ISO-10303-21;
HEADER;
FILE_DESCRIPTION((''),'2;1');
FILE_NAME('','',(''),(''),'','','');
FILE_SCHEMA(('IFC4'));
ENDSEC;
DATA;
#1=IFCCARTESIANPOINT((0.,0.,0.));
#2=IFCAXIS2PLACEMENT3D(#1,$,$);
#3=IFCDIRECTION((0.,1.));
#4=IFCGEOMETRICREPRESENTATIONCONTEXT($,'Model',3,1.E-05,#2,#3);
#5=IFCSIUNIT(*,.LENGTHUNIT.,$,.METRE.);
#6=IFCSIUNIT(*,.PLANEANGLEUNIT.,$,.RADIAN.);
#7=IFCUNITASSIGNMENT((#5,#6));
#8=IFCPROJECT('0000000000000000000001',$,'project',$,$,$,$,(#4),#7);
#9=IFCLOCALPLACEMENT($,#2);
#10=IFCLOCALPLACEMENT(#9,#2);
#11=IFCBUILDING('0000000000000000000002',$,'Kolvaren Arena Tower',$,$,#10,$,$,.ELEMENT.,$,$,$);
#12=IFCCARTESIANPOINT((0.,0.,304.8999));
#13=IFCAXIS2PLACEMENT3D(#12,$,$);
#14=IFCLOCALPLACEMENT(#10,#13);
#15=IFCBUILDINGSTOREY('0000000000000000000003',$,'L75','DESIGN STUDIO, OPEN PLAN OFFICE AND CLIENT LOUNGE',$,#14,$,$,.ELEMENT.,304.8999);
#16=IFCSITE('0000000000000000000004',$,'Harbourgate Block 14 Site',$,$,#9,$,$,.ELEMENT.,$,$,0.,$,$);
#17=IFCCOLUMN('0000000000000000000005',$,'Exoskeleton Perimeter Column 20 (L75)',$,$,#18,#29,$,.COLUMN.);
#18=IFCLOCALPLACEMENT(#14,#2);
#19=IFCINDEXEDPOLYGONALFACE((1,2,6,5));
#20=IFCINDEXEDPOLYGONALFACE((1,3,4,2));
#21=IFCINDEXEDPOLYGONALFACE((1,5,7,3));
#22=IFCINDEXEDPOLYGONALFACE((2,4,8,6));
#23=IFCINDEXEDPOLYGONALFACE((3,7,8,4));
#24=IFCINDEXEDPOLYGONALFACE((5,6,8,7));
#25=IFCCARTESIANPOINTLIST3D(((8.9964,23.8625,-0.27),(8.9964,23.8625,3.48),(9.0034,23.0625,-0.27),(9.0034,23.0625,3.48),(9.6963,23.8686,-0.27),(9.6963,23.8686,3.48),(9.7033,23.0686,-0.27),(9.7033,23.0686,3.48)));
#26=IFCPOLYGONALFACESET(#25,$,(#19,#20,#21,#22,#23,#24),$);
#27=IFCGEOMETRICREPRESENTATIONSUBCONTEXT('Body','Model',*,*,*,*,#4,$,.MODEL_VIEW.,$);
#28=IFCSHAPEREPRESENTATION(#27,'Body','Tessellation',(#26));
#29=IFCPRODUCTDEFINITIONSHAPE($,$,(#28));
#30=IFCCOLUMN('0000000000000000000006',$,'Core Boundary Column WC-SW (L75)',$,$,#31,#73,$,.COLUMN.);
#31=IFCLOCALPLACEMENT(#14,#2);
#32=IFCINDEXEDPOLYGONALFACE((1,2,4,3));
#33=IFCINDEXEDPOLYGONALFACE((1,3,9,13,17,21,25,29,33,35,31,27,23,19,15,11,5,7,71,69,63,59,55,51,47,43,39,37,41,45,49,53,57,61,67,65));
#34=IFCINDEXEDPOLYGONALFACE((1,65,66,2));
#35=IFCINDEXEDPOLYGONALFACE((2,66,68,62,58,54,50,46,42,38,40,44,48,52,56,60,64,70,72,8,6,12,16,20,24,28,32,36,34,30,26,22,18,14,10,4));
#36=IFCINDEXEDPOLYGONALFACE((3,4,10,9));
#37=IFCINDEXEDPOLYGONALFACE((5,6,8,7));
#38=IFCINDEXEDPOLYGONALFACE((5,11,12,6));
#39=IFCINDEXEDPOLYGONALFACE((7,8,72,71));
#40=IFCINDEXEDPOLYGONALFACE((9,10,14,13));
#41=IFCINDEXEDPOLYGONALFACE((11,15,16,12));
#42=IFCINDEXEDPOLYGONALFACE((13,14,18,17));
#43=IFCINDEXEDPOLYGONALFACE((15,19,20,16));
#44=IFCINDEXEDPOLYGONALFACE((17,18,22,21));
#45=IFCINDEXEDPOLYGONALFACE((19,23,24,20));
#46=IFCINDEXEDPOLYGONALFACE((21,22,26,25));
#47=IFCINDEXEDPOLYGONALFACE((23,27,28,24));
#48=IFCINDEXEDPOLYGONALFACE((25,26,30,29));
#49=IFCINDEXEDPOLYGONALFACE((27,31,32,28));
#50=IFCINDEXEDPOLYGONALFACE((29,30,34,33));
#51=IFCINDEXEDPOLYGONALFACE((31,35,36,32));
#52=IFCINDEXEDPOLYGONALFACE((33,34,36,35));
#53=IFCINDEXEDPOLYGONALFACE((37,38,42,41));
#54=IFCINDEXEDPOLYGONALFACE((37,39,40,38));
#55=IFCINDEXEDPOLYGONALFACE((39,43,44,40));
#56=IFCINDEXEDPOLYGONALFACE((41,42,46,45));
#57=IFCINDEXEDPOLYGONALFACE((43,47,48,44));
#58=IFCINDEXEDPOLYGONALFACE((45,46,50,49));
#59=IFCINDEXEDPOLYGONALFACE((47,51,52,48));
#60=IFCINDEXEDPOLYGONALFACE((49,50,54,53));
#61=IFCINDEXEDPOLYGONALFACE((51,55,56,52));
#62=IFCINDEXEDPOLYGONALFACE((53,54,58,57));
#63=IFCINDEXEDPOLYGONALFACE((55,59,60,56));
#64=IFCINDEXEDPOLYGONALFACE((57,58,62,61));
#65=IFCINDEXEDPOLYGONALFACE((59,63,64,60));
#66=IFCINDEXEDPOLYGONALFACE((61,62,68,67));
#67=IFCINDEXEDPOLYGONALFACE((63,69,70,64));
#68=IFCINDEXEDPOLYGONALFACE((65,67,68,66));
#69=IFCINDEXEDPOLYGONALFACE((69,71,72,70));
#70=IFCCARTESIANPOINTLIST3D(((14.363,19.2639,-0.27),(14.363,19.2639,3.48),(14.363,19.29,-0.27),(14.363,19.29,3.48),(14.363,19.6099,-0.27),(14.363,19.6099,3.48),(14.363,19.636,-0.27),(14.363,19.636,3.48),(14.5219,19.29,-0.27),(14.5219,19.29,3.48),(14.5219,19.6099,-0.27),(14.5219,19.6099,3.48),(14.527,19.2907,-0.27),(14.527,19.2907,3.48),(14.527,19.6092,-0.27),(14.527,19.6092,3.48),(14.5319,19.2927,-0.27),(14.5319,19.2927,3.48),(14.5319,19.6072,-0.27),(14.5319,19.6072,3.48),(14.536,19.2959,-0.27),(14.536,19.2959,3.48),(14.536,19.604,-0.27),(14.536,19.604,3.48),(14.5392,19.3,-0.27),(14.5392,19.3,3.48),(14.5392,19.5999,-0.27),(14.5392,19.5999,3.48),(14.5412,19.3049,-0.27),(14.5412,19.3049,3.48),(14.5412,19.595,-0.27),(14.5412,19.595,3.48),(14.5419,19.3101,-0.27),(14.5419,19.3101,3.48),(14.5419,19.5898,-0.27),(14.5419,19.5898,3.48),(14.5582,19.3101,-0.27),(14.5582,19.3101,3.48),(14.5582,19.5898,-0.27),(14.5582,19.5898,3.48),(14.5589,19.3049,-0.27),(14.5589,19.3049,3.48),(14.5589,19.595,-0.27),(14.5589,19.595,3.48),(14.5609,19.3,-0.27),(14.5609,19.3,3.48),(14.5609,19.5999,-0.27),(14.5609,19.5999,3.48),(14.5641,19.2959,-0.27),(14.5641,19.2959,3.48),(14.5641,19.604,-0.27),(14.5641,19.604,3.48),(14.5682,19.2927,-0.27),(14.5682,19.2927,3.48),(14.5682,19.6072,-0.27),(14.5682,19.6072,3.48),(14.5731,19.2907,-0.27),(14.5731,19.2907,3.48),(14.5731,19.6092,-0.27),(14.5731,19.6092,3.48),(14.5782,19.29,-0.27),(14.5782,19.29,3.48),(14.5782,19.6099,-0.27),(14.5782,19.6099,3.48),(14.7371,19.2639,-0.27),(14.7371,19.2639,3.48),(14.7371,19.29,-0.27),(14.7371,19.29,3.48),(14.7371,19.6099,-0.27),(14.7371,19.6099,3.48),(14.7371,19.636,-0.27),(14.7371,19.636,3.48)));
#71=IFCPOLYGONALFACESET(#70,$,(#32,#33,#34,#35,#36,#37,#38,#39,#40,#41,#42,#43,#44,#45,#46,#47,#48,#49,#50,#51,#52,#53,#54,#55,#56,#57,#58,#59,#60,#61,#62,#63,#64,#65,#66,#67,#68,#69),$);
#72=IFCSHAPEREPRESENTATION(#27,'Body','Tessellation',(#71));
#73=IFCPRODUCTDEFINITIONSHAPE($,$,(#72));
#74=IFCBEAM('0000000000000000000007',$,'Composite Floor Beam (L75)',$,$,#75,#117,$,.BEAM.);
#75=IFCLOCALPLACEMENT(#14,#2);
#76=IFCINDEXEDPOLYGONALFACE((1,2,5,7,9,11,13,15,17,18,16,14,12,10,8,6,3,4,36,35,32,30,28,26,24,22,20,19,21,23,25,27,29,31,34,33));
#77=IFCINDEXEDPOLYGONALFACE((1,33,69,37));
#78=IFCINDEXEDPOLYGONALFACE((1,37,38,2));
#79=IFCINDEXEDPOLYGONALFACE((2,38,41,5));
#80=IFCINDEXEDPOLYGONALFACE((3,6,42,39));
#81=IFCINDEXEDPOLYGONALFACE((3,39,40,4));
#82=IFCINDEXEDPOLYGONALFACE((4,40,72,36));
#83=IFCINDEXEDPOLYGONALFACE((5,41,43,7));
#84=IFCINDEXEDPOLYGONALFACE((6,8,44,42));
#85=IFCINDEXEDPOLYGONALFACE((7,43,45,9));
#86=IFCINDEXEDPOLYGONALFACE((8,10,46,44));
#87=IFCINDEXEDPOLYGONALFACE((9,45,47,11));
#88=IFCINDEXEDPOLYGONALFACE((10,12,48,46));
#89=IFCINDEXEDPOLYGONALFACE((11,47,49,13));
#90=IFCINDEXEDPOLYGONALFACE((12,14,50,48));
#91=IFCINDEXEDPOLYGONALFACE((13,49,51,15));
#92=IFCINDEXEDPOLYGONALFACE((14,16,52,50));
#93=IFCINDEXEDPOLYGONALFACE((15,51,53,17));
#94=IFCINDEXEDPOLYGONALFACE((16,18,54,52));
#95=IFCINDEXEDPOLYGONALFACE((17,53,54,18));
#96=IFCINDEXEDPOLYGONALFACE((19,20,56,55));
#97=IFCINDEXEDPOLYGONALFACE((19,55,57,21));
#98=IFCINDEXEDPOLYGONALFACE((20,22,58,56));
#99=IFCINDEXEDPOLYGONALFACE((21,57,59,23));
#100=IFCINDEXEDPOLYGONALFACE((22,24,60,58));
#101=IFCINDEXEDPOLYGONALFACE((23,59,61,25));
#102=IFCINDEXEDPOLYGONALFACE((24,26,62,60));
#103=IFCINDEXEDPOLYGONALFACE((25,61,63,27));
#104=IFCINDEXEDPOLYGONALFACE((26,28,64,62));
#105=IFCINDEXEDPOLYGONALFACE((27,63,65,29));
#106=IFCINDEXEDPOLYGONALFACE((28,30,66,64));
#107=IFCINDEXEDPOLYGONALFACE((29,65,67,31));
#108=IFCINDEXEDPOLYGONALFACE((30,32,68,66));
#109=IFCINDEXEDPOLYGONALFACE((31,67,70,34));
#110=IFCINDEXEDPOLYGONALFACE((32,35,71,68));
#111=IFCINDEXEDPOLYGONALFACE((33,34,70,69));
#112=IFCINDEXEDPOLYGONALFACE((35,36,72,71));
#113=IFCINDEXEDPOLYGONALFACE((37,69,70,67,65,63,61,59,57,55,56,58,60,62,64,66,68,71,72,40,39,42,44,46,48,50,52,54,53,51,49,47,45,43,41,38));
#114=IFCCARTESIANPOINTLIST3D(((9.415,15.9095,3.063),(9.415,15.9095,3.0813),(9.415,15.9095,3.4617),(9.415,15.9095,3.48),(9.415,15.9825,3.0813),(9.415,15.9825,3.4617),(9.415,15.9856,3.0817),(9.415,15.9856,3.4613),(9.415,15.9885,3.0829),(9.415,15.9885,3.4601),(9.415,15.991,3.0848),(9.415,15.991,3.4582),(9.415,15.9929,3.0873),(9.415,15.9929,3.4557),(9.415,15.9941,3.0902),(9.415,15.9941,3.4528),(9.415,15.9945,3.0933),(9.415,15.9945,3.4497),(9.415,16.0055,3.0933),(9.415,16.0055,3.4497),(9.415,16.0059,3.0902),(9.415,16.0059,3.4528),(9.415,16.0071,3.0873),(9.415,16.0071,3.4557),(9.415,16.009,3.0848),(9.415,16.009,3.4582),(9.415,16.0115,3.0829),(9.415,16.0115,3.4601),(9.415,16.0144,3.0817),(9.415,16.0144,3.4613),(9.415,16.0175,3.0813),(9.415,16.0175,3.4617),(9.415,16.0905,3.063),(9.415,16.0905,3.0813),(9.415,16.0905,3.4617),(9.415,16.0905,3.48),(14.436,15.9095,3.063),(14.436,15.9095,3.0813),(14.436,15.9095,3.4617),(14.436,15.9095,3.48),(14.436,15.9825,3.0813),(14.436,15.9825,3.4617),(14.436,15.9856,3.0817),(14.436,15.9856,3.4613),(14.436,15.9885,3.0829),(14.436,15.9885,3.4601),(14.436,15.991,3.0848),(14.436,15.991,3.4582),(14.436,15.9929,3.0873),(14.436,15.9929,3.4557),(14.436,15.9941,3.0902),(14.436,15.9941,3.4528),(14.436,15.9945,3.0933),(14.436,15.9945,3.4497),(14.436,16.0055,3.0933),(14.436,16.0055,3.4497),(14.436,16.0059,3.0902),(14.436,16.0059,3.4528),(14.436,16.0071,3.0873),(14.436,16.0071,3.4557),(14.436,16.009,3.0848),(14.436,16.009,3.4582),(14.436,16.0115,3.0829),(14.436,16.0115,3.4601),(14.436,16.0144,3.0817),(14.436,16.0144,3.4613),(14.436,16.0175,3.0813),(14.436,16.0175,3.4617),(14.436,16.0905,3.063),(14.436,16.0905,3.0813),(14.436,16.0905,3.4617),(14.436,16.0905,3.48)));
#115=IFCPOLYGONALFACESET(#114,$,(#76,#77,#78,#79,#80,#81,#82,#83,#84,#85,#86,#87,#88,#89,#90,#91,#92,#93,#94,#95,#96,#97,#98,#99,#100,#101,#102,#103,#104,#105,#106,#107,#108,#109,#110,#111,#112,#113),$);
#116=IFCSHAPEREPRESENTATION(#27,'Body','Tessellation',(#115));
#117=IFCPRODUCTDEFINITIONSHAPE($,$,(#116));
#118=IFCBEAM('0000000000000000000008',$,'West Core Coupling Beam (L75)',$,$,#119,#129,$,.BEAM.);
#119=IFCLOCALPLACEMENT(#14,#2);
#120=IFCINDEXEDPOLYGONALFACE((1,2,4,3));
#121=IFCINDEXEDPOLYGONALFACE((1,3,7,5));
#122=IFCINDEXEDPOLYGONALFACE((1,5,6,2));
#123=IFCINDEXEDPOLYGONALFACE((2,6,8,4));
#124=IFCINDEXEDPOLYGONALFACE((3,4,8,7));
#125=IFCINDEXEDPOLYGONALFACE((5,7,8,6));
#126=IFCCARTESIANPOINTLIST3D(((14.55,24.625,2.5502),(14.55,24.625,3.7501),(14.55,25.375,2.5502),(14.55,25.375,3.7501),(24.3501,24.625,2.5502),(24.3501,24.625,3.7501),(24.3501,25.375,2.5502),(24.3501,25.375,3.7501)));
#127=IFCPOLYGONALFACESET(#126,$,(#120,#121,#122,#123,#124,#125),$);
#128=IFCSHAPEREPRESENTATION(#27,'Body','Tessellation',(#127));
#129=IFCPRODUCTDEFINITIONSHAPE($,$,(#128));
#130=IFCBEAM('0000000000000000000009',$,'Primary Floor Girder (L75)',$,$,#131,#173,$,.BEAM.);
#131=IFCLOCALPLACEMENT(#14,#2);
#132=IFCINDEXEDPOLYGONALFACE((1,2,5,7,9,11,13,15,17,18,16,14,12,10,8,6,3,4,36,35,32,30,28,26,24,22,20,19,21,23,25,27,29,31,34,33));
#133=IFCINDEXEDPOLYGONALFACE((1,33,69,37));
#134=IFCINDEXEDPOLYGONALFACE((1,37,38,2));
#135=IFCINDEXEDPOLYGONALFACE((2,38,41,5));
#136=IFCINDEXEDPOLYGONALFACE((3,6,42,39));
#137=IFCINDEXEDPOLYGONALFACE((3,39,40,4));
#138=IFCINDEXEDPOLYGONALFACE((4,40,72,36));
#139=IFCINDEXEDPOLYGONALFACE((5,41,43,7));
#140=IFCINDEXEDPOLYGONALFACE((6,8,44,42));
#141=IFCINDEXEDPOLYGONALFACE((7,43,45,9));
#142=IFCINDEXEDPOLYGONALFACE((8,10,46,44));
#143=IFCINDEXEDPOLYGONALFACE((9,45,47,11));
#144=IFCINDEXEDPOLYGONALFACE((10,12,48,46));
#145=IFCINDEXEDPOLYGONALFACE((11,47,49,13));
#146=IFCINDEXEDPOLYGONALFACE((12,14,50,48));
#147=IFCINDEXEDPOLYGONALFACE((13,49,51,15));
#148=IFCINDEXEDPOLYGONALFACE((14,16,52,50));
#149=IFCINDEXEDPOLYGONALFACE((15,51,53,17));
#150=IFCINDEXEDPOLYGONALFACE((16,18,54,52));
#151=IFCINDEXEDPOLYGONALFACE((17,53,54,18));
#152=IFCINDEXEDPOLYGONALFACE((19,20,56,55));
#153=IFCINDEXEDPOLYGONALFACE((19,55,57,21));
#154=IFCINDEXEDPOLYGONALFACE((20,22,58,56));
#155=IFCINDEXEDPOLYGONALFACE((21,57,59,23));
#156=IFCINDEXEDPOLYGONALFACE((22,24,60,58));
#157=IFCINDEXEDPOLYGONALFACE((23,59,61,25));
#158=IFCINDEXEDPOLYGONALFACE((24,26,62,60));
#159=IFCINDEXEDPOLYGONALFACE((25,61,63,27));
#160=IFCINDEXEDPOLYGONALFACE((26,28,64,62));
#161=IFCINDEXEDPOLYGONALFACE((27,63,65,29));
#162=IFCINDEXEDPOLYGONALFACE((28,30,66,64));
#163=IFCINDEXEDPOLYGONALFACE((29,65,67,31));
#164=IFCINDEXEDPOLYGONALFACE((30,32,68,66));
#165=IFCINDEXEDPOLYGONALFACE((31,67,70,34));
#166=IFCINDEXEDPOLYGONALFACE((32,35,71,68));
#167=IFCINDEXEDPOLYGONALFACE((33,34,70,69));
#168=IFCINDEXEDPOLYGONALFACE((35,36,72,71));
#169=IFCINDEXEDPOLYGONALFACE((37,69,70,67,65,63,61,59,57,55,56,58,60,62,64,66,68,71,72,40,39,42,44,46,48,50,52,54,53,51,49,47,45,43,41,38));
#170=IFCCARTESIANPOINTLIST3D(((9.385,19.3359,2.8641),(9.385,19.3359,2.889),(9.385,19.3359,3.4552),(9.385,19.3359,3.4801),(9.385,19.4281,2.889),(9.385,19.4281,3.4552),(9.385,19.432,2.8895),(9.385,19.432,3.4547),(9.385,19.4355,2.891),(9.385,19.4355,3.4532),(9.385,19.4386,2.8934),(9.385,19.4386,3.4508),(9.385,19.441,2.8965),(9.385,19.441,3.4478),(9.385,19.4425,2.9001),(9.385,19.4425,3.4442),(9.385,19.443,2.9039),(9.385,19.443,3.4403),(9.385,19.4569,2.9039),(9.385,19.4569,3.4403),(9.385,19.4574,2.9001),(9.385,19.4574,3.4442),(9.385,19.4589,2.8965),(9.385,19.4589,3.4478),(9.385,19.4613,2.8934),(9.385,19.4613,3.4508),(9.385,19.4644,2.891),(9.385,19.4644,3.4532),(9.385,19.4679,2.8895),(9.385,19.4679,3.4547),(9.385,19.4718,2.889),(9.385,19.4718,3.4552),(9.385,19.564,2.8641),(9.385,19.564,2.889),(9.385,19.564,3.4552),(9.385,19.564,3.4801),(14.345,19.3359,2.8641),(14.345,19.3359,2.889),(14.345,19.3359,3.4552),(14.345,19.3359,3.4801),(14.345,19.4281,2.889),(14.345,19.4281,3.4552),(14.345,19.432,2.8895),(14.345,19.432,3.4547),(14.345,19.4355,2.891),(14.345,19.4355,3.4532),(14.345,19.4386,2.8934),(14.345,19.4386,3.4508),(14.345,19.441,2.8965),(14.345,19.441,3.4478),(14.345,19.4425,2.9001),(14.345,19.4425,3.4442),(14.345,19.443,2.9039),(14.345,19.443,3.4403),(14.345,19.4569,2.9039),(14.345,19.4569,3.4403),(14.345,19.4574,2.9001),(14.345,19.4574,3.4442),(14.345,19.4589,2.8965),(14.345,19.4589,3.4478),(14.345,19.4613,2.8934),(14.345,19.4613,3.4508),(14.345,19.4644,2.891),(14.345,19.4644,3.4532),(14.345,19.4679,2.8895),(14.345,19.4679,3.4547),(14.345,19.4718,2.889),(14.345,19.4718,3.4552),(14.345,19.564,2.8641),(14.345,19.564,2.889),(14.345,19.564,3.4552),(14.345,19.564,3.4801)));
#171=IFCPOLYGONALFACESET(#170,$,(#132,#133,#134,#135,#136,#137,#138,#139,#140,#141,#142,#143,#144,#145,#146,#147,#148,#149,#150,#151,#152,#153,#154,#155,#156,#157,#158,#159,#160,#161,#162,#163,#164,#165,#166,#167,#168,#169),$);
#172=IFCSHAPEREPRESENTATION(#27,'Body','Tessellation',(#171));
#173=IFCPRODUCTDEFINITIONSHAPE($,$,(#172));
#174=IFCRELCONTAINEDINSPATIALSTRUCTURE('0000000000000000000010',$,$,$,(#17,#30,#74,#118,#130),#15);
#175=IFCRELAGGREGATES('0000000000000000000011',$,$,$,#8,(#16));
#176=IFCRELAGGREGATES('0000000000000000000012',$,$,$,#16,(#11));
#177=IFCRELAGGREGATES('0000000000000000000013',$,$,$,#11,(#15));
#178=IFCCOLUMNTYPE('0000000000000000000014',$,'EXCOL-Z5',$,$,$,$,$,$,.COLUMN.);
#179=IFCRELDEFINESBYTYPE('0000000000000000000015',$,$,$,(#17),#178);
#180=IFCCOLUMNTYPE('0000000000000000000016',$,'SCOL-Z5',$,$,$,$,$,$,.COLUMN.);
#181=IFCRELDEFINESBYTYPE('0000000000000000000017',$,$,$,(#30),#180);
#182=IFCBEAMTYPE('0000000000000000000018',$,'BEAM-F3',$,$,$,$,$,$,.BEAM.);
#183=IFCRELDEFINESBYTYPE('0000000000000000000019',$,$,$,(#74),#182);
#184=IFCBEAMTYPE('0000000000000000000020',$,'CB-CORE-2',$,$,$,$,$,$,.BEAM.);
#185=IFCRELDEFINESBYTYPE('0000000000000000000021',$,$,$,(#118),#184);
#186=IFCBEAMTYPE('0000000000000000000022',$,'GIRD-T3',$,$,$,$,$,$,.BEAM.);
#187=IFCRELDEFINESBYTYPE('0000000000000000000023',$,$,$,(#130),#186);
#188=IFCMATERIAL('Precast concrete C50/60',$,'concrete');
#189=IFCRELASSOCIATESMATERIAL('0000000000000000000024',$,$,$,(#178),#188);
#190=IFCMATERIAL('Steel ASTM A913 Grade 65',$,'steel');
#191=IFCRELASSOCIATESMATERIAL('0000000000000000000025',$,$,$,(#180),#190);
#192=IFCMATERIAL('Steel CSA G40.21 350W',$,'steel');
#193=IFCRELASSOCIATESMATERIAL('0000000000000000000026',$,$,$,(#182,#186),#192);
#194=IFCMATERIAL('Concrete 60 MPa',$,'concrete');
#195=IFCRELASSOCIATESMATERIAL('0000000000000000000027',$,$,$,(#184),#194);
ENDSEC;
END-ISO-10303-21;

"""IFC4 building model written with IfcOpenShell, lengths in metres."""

from ifc_helpers import new_model, si_unit, direction, frame, origin, origin_2d, place, context, subcontext, project, spatial, rectangle, i_section, extrude, material, material_profile, profile_set, type_object, element, save


model = new_model("IFC4")

# Units and contexts
model_context = context("Model", 3, precision=1e-05, world=origin(), true_north=direction((0.0, 1.0)))
body_context = subcontext(model_context, "Body", "Model", "MODEL_VIEW")
ifc_project = project(units=[si_unit("LENGTHUNIT", "METRE"), si_unit("PLANEANGLEUNIT", "RADIAN")], contexts=[model_context])

# Site, building, storey
site_placement = place(None, origin())
site = spatial("IfcSite", under=ifc_project, at=site_placement, Name="Harbourgate Block 14 Site", CompositionType="ELEMENT", RefElevation=0.0)
building_placement = place(site_placement, origin())
building = spatial("IfcBuilding", under=site, at=building_placement, Name="Kolvaren Arena Tower", CompositionType="ELEMENT")
storey_placement = place(building_placement, frame((0.0, 0.0, 304.8999)))
storey = spatial("IfcBuildingStorey", under=building, at=storey_placement, Name="L75", Description="DESIGN STUDIO, OPEN PLAN OFFICE AND CLIENT LOUNGE", CompositionType="ELEMENT", Elevation=304.8999)

# Columns
ifc_material_1 = material(Name="Precast concrete C50/60", Category="concrete")
ifc_material_profile_1 = material_profile(ifc_material_1, rectangle(XDim=0.8, YDim=0.7, at=origin_2d()), Name="RC-800x700")
ifc_profile_set_1 = profile_set([ifc_material_profile_1], Name="Precast concrete C50/60")
column_type_1 = type_object("IfcColumnType", Name="EXCOL-Z5", PredefinedType="COLUMN", material=ifc_profile_set_1)
column_1_placement = place(storey_placement, frame((9.3499, 23.4656, -0.27), z_axis=(0.0, 0.0, 1.0), x_axis=(-0.008727, 0.999962, 0.0)))
element("IfcColumn", 1, at=column_1_placement, inside=storey, type_object=column_type_1, Name="Exoskeleton Perimeter Column 20 (L75)", PredefinedType="COLUMN", context=body_context, shape_type="SweptSolid", body=[
    extrude(rectangle(XDim=0.8, YDim=0.7, at=origin_2d()), origin(), (0.0, 0.0, 1.0), 3.75),
])
ifc_material_2 = material(Name="Steel ASTM A913 Grade 65", Category="steel")
ifc_material_profile_2 = material_profile(ifc_material_2, i_section(OverallWidth=0.374, OverallDepth=0.3721, WebThickness=0.0164, FlangeThickness=0.0261, FilletRadius=0.02, at=origin_2d()), Name="W360x196")
ifc_profile_set_2 = profile_set([ifc_material_profile_2], Name="Steel ASTM A913 Grade 65")
column_type_2 = type_object("IfcColumnType", Name="SCOL-Z5", PredefinedType="COLUMN", material=ifc_profile_set_2)
column_2_placement = place(storey_placement, frame((14.55, 19.45, -0.27), z_axis=(0.0, 0.0, 1.0), x_axis=(1.0, 0.0, 0.0)))
element("IfcColumn", 2, at=column_2_placement, inside=storey, type_object=column_type_2, Name="Core Boundary Column WC-SW (L75)", PredefinedType="COLUMN", context=body_context, shape_type="SweptSolid", body=[
    extrude(i_section(OverallWidth=0.374, OverallDepth=0.3721, WebThickness=0.0164, FlangeThickness=0.0261, FilletRadius=0.02, at=origin_2d()), origin(), (0.0, 0.0, 1.0), 3.75),
])

# Beams
ifc_material_3 = material(Name="Steel CSA G40.21 350W", Category="steel")
ifc_material_profile_3 = material_profile(ifc_material_3, i_section(OverallWidth=0.1809, OverallDepth=0.417, WebThickness=0.011, FlangeThickness=0.0183, FilletRadius=0.012, at=origin_2d()), Name="W410x85")
ifc_profile_set_3 = profile_set([ifc_material_profile_3], Name="Steel CSA G40.21 350W")
beam_type_1 = type_object("IfcBeamType", Name="BEAM-F3", PredefinedType="BEAM", material=ifc_profile_set_3)
beam_1_placement = place(storey_placement, frame((9.415, 16.0, 3.2715), z_axis=(1.0, 0.0, 0.0), x_axis=(0.0, 1.0, 0.0)))
element("IfcBeam", 3, at=beam_1_placement, inside=storey, type_object=beam_type_1, Name="Composite Floor Beam (L75)", PredefinedType="BEAM", context=body_context, shape_type="SweptSolid", body=[
    extrude(i_section(OverallWidth=0.1809, OverallDepth=0.417, WebThickness=0.011, FlangeThickness=0.0183, FilletRadius=0.012, at=origin_2d()), origin(), (0.0, 0.0, 1.0), 5.021),
])
ifc_material_4 = material(Name="Concrete 60 MPa", Category="concrete")
ifc_material_profile_4 = material_profile(ifc_material_4, rectangle(XDim=0.75, YDim=1.2, at=origin_2d()), Name="RC-750x1200")
ifc_profile_set_4 = profile_set([ifc_material_profile_4], Name="Concrete 60 MPa")
beam_type_2 = type_object("IfcBeamType", Name="CB-CORE-2", PredefinedType="BEAM", material=ifc_profile_set_4)
beam_2_placement = place(storey_placement, frame((14.55, 25.0, 3.1501), z_axis=(1.0, 0.0, 0.0), x_axis=(0.0, 1.0, 0.0)))
element("IfcBeam", 4, at=beam_2_placement, inside=storey, type_object=beam_type_2, Name="West Core Coupling Beam (L75)", PredefinedType="BEAM", context=body_context, shape_type="SweptSolid", body=[
    extrude(rectangle(XDim=0.75, YDim=1.2, at=origin_2d()), origin(), (0.0, 0.0, 1.0), 9.8),
])
ifc_material_profile_5 = material_profile(ifc_material_3, i_section(OverallWidth=0.228, OverallDepth=0.616, WebThickness=0.0139, FlangeThickness=0.0249, FilletRadius=0.0149, at=origin_2d()), Name="W610x174")
ifc_profile_set_5 = profile_set([ifc_material_profile_5], Name="Steel CSA G40.21 350W")
beam_type_3 = type_object("IfcBeamType", Name="GIRD-T3", PredefinedType="BEAM", material=ifc_profile_set_5)
beam_3_placement = place(storey_placement, frame((9.385, 19.45, 3.1721), z_axis=(1.0, 0.0, 0.0), x_axis=(0.0, 1.0, 0.0)))
element("IfcBeam", 5, at=beam_3_placement, inside=storey, type_object=beam_type_3, Name="Primary Floor Girder (L75)", PredefinedType="BEAM", context=body_context, shape_type="SweptSolid", body=[
    extrude(i_section(OverallWidth=0.228, OverallDepth=0.616, WebThickness=0.0139, FlangeThickness=0.0249, FilletRadius=0.0149, at=origin_2d()), origin(), (0.0, 0.0, 1.0), 4.96),
])

save(model, "model.ifc")
